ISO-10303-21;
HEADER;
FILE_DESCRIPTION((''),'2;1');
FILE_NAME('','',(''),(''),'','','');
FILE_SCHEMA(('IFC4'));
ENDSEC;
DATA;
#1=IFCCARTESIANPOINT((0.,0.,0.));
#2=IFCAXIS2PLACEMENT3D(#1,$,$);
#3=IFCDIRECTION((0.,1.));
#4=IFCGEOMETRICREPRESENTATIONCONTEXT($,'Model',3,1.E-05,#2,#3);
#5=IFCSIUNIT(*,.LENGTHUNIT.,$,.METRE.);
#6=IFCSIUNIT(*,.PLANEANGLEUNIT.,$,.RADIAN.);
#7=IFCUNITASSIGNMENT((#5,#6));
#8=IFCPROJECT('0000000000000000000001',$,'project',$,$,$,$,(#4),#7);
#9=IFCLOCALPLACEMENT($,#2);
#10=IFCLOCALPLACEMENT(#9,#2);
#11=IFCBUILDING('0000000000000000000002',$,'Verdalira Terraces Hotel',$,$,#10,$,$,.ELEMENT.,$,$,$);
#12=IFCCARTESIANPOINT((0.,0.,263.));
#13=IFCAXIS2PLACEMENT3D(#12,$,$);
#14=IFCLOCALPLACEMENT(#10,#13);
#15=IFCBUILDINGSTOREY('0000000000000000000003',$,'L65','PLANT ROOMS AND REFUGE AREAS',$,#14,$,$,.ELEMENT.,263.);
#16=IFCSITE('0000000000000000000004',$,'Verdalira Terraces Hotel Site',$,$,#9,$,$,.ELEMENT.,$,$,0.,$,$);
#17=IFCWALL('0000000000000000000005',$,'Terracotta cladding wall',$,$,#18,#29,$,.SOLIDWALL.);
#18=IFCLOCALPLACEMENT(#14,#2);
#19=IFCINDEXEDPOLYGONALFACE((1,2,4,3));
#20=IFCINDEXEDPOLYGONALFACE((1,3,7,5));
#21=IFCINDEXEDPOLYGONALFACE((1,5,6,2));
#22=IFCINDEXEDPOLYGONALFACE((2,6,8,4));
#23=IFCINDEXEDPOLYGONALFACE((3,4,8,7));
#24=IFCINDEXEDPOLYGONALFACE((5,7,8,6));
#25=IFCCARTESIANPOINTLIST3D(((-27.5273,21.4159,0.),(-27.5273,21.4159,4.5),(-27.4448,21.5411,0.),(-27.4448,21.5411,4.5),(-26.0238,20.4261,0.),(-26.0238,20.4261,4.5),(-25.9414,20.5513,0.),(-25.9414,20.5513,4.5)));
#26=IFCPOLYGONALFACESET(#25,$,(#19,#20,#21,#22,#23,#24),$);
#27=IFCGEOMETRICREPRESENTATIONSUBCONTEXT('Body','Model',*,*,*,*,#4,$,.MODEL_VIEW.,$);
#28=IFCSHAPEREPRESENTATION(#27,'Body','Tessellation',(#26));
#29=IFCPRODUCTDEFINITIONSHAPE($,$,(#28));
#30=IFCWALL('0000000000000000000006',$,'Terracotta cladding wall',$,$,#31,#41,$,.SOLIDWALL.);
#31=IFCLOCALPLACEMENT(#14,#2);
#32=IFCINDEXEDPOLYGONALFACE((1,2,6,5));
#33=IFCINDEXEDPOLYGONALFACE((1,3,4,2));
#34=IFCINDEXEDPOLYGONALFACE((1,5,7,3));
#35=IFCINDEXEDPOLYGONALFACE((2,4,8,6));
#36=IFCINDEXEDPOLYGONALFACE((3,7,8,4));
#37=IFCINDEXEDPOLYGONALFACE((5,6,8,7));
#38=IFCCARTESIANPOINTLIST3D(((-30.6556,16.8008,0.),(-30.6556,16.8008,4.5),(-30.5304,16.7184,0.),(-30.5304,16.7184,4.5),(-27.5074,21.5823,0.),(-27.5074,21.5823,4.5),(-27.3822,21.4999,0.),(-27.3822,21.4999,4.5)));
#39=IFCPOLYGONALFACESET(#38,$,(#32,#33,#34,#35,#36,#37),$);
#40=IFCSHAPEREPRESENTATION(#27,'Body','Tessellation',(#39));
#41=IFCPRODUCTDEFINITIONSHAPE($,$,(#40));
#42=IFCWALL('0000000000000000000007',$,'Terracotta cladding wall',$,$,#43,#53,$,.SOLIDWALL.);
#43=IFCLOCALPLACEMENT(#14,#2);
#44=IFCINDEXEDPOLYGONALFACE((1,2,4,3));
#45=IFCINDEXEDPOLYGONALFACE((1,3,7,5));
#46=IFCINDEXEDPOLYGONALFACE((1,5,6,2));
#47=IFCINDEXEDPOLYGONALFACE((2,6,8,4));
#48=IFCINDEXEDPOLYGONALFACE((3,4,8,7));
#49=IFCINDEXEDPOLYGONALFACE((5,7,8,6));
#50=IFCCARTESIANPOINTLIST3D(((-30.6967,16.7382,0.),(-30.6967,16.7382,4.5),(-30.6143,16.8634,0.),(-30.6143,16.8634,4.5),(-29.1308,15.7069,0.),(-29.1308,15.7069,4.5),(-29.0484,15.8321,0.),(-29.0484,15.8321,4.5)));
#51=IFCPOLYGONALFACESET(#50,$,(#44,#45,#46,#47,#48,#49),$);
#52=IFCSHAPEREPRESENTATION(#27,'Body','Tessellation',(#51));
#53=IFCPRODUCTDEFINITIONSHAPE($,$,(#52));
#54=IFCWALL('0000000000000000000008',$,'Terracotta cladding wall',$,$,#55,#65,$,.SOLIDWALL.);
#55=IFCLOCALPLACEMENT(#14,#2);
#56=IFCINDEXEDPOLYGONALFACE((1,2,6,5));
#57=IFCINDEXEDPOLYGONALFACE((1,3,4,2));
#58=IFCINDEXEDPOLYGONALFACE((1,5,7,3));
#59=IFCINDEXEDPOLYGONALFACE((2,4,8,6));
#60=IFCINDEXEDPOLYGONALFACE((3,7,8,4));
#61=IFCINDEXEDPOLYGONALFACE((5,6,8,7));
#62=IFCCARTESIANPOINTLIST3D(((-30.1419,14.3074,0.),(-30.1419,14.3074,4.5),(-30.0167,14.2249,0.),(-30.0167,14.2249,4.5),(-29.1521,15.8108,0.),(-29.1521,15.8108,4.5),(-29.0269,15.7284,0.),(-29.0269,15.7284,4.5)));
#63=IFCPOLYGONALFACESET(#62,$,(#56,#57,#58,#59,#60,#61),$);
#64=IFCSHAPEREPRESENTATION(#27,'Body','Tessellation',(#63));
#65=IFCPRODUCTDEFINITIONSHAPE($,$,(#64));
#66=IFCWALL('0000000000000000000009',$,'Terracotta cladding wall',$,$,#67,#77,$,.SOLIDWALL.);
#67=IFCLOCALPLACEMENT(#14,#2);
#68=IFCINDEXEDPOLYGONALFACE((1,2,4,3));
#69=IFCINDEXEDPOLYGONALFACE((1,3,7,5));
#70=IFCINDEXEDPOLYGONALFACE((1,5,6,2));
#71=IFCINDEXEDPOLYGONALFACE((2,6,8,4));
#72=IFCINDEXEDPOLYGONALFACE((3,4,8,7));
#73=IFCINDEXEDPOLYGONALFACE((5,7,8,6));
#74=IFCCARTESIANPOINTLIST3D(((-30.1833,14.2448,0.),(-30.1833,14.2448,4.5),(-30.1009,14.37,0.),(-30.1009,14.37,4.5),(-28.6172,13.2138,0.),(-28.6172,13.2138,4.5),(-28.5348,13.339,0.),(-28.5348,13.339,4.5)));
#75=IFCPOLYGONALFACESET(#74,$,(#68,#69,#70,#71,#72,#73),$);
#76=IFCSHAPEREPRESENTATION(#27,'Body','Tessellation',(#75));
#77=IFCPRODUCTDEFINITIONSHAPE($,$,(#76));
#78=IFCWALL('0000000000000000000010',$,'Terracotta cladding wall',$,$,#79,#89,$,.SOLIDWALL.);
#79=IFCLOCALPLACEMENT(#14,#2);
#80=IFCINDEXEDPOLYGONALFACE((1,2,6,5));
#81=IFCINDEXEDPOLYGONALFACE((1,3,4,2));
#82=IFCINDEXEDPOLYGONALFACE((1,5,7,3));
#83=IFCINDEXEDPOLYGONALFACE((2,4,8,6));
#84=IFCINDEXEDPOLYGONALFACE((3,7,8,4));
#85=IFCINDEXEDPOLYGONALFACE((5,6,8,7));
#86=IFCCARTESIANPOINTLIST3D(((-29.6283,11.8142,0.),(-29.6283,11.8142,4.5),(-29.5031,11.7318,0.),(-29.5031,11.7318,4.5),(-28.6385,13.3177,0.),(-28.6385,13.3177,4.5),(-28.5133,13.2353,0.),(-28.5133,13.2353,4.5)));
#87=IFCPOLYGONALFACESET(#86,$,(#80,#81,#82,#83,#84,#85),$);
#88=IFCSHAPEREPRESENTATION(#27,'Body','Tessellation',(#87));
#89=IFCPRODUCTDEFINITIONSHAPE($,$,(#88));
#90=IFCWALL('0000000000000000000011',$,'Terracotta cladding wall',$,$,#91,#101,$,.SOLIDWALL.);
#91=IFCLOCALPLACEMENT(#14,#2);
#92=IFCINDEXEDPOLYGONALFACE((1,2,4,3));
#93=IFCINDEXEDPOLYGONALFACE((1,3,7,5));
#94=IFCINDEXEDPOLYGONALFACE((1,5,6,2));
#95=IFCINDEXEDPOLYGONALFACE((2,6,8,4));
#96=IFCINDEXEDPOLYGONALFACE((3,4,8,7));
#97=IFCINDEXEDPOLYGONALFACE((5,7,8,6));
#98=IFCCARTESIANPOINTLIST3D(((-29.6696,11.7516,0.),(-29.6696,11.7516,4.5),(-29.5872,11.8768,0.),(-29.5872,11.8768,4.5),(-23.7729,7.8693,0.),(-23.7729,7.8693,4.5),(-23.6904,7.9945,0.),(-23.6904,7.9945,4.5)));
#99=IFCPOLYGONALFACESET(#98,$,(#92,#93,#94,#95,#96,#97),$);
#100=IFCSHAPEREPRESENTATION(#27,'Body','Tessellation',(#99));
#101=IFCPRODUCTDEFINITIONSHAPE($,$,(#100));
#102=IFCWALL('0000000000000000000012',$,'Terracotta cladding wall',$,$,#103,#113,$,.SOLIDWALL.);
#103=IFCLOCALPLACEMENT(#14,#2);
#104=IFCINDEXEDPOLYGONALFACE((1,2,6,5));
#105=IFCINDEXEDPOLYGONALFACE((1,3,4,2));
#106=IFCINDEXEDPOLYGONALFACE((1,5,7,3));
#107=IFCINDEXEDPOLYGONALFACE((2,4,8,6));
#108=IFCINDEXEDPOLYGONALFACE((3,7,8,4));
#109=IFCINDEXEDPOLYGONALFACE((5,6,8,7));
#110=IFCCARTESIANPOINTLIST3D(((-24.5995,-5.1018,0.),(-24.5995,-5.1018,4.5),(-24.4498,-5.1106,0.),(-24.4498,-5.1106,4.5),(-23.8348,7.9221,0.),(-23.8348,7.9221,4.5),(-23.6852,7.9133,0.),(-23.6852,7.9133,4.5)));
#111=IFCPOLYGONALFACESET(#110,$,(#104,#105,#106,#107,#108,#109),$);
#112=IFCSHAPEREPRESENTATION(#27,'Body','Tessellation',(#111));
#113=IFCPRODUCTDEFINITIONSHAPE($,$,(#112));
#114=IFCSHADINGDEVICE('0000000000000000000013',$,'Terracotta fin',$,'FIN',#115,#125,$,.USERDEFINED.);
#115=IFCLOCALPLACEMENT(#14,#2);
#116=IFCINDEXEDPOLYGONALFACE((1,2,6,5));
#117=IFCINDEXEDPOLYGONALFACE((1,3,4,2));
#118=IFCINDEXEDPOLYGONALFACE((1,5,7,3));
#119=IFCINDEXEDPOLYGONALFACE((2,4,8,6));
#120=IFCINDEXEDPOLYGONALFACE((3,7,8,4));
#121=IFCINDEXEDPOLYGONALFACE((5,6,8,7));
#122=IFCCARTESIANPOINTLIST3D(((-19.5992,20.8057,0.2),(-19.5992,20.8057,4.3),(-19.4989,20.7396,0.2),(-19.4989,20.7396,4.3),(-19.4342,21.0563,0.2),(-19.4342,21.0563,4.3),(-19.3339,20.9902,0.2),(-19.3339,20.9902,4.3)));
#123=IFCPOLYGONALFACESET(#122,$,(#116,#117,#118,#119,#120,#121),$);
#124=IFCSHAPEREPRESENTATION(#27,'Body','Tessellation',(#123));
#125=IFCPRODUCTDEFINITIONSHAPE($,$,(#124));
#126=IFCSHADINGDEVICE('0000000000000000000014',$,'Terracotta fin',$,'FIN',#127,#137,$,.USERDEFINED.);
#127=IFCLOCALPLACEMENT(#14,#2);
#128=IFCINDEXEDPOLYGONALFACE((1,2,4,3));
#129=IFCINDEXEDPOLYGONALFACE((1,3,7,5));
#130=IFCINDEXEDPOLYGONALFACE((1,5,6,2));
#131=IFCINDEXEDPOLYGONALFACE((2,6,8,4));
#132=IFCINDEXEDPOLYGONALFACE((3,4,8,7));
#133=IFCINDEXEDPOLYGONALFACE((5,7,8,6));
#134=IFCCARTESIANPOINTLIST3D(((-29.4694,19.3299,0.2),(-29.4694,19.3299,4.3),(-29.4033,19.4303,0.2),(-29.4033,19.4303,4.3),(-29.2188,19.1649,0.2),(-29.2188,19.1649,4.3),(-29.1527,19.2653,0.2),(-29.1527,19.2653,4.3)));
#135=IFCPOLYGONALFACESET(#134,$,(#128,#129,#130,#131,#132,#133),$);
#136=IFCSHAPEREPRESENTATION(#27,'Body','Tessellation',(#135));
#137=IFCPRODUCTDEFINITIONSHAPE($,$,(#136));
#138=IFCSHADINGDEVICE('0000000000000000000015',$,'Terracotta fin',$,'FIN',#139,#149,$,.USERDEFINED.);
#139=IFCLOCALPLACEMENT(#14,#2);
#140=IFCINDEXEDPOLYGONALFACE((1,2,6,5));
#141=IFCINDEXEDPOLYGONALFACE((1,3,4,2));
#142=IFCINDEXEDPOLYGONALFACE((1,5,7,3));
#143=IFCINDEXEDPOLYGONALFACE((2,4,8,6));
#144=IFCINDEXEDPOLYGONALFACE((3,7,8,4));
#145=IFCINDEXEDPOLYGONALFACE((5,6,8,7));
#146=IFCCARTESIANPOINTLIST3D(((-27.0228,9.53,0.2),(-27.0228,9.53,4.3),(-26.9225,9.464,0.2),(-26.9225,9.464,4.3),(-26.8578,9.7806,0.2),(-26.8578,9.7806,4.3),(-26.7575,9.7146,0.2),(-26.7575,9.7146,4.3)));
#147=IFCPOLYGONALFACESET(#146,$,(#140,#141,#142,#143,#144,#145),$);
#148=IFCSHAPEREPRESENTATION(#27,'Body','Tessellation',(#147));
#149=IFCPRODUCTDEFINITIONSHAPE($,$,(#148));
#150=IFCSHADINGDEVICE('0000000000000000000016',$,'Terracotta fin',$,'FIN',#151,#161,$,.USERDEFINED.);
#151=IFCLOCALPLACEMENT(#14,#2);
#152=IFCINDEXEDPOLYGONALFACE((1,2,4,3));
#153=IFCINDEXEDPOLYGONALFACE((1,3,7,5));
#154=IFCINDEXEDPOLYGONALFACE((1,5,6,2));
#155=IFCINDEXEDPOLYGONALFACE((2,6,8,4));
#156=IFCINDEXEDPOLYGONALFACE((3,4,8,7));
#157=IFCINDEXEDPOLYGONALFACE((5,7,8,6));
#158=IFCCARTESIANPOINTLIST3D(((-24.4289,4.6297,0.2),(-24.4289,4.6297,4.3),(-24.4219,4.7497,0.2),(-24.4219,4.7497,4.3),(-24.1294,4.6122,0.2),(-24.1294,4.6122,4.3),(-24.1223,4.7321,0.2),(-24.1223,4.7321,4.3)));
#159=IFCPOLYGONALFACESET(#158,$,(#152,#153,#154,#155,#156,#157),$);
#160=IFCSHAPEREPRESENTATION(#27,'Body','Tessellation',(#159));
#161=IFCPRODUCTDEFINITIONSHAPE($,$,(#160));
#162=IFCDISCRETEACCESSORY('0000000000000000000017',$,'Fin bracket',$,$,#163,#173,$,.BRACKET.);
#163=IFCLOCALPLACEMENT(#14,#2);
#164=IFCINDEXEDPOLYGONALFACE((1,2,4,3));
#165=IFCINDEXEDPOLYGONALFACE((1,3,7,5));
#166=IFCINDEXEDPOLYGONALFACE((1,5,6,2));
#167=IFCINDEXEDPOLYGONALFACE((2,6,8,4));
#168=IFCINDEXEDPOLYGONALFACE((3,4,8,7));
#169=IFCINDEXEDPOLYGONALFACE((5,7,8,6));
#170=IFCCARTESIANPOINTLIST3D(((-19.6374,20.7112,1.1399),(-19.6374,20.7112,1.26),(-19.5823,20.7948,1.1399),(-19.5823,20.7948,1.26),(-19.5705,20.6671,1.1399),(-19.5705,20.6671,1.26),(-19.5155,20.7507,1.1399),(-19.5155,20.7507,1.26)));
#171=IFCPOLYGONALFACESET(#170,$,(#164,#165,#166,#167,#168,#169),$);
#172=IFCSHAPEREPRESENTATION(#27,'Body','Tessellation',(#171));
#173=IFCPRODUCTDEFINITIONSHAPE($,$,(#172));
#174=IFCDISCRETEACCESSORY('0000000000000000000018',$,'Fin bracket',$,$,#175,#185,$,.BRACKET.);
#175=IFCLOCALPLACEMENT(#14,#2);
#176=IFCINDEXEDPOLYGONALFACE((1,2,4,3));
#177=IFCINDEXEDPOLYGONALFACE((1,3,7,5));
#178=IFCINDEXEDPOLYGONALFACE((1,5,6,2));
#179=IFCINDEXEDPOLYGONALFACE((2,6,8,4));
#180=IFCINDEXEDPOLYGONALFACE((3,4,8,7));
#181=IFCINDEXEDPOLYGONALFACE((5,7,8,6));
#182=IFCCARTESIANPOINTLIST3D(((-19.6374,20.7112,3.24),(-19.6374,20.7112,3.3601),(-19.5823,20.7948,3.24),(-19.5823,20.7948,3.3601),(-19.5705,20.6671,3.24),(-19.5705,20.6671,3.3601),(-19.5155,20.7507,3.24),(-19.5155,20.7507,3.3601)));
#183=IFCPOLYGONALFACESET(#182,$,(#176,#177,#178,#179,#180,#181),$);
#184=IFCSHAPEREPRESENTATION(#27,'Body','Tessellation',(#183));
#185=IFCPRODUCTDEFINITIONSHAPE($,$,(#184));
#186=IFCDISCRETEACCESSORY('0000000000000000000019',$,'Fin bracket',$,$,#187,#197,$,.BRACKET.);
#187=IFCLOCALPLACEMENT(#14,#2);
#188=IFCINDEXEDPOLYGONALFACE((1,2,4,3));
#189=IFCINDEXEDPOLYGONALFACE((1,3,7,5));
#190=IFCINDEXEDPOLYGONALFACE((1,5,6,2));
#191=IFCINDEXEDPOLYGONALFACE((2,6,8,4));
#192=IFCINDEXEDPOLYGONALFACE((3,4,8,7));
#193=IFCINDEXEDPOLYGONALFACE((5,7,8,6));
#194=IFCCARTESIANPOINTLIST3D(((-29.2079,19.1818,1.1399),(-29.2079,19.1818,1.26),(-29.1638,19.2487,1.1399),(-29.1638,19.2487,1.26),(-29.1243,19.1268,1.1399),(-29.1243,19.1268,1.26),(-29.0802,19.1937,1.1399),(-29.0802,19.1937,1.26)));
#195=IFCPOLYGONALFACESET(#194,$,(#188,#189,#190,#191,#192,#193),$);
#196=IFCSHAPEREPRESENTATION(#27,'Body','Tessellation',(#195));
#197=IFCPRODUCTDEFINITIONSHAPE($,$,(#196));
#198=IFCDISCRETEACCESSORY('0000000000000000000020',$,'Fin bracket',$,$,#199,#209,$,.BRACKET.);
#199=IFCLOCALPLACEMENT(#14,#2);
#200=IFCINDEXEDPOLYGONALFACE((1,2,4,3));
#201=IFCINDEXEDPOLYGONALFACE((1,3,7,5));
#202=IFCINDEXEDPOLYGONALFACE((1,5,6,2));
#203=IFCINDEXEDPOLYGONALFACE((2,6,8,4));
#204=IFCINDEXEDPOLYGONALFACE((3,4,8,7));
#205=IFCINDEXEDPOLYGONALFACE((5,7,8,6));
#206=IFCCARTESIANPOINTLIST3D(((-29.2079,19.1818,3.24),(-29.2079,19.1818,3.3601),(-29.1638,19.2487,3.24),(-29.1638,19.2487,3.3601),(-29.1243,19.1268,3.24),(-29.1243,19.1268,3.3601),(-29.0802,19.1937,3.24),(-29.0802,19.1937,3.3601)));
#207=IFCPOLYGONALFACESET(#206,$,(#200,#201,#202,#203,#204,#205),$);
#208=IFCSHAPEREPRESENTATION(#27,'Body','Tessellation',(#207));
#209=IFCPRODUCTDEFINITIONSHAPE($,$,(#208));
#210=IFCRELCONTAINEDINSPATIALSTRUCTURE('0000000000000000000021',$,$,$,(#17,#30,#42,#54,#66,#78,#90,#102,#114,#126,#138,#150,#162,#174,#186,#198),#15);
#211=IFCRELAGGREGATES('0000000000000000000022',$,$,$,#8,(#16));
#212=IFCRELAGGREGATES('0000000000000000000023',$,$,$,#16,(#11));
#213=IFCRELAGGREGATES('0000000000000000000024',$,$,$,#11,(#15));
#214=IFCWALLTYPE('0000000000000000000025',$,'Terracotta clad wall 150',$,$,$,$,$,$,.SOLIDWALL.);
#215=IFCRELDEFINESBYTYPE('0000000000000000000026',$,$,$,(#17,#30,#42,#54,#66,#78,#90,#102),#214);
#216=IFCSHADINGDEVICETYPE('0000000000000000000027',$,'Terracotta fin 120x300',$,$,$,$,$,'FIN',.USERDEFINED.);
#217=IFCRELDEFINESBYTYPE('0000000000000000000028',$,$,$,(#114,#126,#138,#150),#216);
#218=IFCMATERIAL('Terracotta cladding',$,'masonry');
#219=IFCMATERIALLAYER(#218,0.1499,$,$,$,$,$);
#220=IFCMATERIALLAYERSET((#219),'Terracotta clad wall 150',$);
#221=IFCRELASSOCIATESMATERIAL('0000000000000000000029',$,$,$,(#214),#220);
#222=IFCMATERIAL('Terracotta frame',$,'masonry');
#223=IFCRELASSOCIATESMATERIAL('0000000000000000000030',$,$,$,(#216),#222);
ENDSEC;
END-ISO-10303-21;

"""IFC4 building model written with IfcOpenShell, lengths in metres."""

from ifc_helpers import new_model, si_unit, direction, frame, frame_2d, origin, origin_2d, place, context, subcontext, project, spatial, rectangle, extrude, material, layer, layer_set, material_profile, profile_set, type_object, element, save


model = new_model("IFC4")

# Units and contexts
model_context = context("Model", 3, precision=1e-05, world=origin(), true_north=direction((0.0, 1.0)))
body_context = subcontext(model_context, "Body", "Model", "MODEL_VIEW")
ifc_project = project(units=[si_unit("LENGTHUNIT", "METRE"), si_unit("PLANEANGLEUNIT", "RADIAN")], contexts=[model_context])

# Site, building, storey
site_placement = place(None, origin())
site = spatial("IfcSite", under=ifc_project, at=site_placement, Name="Verdalira Terraces Hotel Site", CompositionType="ELEMENT", RefElevation=0.0)
building_placement = place(site_placement, origin())
building = spatial("IfcBuilding", under=site, at=building_placement, Name="Verdalira Terraces Hotel", CompositionType="ELEMENT")
storey_placement = place(building_placement, frame((0.0, 0.0, 263.0)))
storey = spatial("IfcBuildingStorey", under=building, at=storey_placement, Name="L65", Description="PLANT ROOMS AND REFUGE AREAS", CompositionType="ELEMENT", Elevation=263.0)

# Walls
ifc_material_1 = material(Name="Terracotta cladding", Category="masonry")
ifc_layer_1 = layer(ifc_material_1, 0.1499)
ifc_layer_set_1 = layer_set([ifc_layer_1], Name="Terracotta clad wall 150")
wall_type_1 = type_object("IfcWallType", Name="Terracotta clad wall 150", PredefinedType="SOLIDWALL", material=ifc_layer_set_1)
wall_1_placement = place(storey_placement, frame((-25.9827, 20.4888, 0.0), z_axis=(0.0, 0.0, 1.0), x_axis=(-0.83525, 0.549871, 0.0)))
element("IfcWall", 1, at=wall_1_placement, inside=storey, type_object=wall_type_1, Name="Terracotta cladding wall", PredefinedType="SOLIDWALL", context=body_context, shape_type="SweptSolid", body=[
    extrude(rectangle(XDim=1.8, YDim=0.1499, at=frame_2d((0.8999, 0.0))), origin(), (0.0, 0.0, 1.0), 4.5),
])
wall_2_placement = place(storey_placement, frame((-27.4448, 21.541, 0.0), z_axis=(0.0, 0.0, 1.0), x_axis=(-0.549918, -0.835219, 0.0)))
element("IfcWall", 2, at=wall_2_placement, inside=storey, type_object=wall_type_1, Name="Terracotta cladding wall", PredefinedType="SOLIDWALL", context=body_context, shape_type="SweptSolid", body=[
    extrude(rectangle(XDim=5.7249, YDim=0.1499, at=frame_2d((2.8623, 0.0))), origin(), (0.0, 0.0, 1.0), 4.5),
])
wall_3_placement = place(storey_placement, frame((-30.6555, 16.8008, 0.0), z_axis=(0.0, 0.0, 1.0), x_axis=(0.835162, -0.550004, 0.0)))
element("IfcWall", 3, at=wall_3_placement, inside=storey, type_object=wall_type_1, Name="Terracotta cladding wall", PredefinedType="SOLIDWALL", context=body_context, shape_type="SweptSolid", body=[
    extrude(rectangle(XDim=1.875, YDim=0.1499, at=frame_2d((0.9375, 0.0))), origin(), (0.0, 0.0, 1.0), 4.5),
])
wall_4_placement = place(storey_placement, frame((-29.0896, 15.7695, 0.0), z_axis=(0.0, 0.0, 1.0), x_axis=(-0.549871, -0.83525, 0.0)))
element("IfcWall", 4, at=wall_4_placement, inside=storey, type_object=wall_type_1, Name="Terracotta cladding wall", PredefinedType="SOLIDWALL", context=body_context, shape_type="SweptSolid", body=[
    extrude(rectangle(XDim=1.8, YDim=0.1499, at=frame_2d((0.8999, 0.0))), origin(), (0.0, 0.0, 1.0), 4.5),
])
wall_5_placement = place(storey_placement, frame((-30.1421, 14.3074, 0.0), z_axis=(0.0, 0.0, 1.0), x_axis=(0.835261, -0.549853, 0.0)))
element("IfcWall", 5, at=wall_5_placement, inside=storey, type_object=wall_type_1, Name="Terracotta cladding wall", PredefinedType="SOLIDWALL", context=body_context, shape_type="SweptSolid", body=[
    extrude(rectangle(XDim=1.875, YDim=0.1499, at=frame_2d((0.9375, 0.0))), origin(), (0.0, 0.0, 1.0), 4.5),
])
wall_6_placement = place(storey_placement, frame((-28.5759, 13.2764, 0.0), z_axis=(0.0, 0.0, 1.0), x_axis=(-0.549871, -0.83525, 0.0)))
element("IfcWall", 6, at=wall_6_placement, inside=storey, type_object=wall_type_1, Name="Terracotta cladding wall", PredefinedType="SOLIDWALL", context=body_context, shape_type="SweptSolid", body=[
    extrude(rectangle(XDim=1.8, YDim=0.1499, at=frame_2d((0.8999, 0.0))), origin(), (0.0, 0.0, 1.0), 4.5),
])
wall_7_placement = place(storey_placement, frame((-29.6284, 11.8142, 0.0), z_axis=(0.0, 0.0, 1.0), x_axis=(0.835229, -0.549903, 0.0)))
element("IfcWall", 7, at=wall_7_placement, inside=storey, type_object=wall_type_1, Name="Terracotta cladding wall", PredefinedType="SOLIDWALL", context=body_context, shape_type="SweptSolid", body=[
    extrude(rectangle(XDim=7.0601, YDim=0.1499, at=frame_2d((3.53, 0.0))), origin(), (0.0, 0.0, 1.0), 4.5),
])
wall_8_placement = place(storey_placement, frame((-23.76, 7.9177, 0.0), z_axis=(0.0, 0.0, 1.0), x_axis=(-0.05861, -0.998281, 0.0)))
element("IfcWall", 8, at=wall_8_placement, inside=storey, type_object=wall_type_1, Name="Terracotta cladding wall", PredefinedType="SOLIDWALL", context=body_context, shape_type="SweptSolid", body=[
    extrude(rectangle(XDim=13.0464, YDim=0.1499, at=frame_2d((6.5232, 0.0))), origin(), (0.0, 0.0, 1.0), 4.5),
])

# Shading devices
ifc_material_2 = material(Name="Terracotta frame", Category="masonry")
ifc_material_profile_1 = material_profile(ifc_material_2, rectangle(XDim=0.1201, YDim=0.3, at=origin_2d()), Name="FIN 120x300")
ifc_profile_set_1 = profile_set([ifc_material_profile_1], Name="Terracotta frame")
shading_device_type = type_object("IfcShadingDeviceType", Name="Terracotta fin 120x300", ElementType="FIN", PredefinedType="USERDEFINED", material=ifc_profile_set_1)
for number, where, z_axis, x_axis, name in (
    (9, (-19.4666, 20.8979, 0.2), (0.0, 0.0, 1.0), (-0.835232, 0.549898, 0.0), "Terracotta fin"),
    (10, (-29.311, 19.2976, 0.2), (0.0, 0.0, 1.0), (-0.549898, -0.835232, 0.0), "Terracotta fin"),
    (11, (-26.8901, 9.6223, 0.2), (0.0, 0.0, 1.0), (0.835232, -0.549898, 0.0), "Terracotta fin"),
    (12, (-24.2756, 4.6809, 0.2), (0.0, 0.0, 1.0), (-0.058609, -0.998281, 0.0), "Terracotta fin"),
):
    element("IfcShadingDevice", number, at=place(storey_placement, frame(where, z_axis=z_axis, x_axis=x_axis)), inside=storey, type_object=shading_device_type, Name=name, ObjectType="FIN", PredefinedType="USERDEFINED", context=body_context, shape_type="SweptSolid", body=[
        extrude(rectangle(XDim=0.1201, YDim=0.3, at=origin_2d()), origin(), (0.0, 0.0, 1.0), 4.1001),
    ])

# Discrete accessories
for number, where, z_axis, x_axis, name in (
    (13, (-19.5764, 20.731, 1.1399), (0.0, 0.0, 1.0), (-0.835232, 0.549898, 0.0), "Fin bracket"),
    (14, (-19.5764, 20.731, 3.24), (0.0, 0.0, 1.0), (-0.835232, 0.549898, 0.0), "Fin bracket"),
    (15, (-29.144, 19.1877, 1.1399), (0.0, 0.0, 1.0), (-0.549898, -0.835232, 0.0), "Fin bracket"),
    (16, (-29.144, 19.1877, 3.24), (0.0, 0.0, 1.0), (-0.549898, -0.835232, 0.0), "Fin bracket"),
):
    element("IfcDiscreteAccessory", number, at=place(storey_placement, frame(where, z_axis=z_axis, x_axis=x_axis)), inside=storey, Name=name, PredefinedType="BRACKET", context=body_context, shape_type="SweptSolid", body=[
        extrude(rectangle(XDim=0.0801, YDim=0.1001, at=origin_2d()), origin(), (0.0, 0.0, 1.0), 0.1201),
    ])

save(model, "model.ifc")
